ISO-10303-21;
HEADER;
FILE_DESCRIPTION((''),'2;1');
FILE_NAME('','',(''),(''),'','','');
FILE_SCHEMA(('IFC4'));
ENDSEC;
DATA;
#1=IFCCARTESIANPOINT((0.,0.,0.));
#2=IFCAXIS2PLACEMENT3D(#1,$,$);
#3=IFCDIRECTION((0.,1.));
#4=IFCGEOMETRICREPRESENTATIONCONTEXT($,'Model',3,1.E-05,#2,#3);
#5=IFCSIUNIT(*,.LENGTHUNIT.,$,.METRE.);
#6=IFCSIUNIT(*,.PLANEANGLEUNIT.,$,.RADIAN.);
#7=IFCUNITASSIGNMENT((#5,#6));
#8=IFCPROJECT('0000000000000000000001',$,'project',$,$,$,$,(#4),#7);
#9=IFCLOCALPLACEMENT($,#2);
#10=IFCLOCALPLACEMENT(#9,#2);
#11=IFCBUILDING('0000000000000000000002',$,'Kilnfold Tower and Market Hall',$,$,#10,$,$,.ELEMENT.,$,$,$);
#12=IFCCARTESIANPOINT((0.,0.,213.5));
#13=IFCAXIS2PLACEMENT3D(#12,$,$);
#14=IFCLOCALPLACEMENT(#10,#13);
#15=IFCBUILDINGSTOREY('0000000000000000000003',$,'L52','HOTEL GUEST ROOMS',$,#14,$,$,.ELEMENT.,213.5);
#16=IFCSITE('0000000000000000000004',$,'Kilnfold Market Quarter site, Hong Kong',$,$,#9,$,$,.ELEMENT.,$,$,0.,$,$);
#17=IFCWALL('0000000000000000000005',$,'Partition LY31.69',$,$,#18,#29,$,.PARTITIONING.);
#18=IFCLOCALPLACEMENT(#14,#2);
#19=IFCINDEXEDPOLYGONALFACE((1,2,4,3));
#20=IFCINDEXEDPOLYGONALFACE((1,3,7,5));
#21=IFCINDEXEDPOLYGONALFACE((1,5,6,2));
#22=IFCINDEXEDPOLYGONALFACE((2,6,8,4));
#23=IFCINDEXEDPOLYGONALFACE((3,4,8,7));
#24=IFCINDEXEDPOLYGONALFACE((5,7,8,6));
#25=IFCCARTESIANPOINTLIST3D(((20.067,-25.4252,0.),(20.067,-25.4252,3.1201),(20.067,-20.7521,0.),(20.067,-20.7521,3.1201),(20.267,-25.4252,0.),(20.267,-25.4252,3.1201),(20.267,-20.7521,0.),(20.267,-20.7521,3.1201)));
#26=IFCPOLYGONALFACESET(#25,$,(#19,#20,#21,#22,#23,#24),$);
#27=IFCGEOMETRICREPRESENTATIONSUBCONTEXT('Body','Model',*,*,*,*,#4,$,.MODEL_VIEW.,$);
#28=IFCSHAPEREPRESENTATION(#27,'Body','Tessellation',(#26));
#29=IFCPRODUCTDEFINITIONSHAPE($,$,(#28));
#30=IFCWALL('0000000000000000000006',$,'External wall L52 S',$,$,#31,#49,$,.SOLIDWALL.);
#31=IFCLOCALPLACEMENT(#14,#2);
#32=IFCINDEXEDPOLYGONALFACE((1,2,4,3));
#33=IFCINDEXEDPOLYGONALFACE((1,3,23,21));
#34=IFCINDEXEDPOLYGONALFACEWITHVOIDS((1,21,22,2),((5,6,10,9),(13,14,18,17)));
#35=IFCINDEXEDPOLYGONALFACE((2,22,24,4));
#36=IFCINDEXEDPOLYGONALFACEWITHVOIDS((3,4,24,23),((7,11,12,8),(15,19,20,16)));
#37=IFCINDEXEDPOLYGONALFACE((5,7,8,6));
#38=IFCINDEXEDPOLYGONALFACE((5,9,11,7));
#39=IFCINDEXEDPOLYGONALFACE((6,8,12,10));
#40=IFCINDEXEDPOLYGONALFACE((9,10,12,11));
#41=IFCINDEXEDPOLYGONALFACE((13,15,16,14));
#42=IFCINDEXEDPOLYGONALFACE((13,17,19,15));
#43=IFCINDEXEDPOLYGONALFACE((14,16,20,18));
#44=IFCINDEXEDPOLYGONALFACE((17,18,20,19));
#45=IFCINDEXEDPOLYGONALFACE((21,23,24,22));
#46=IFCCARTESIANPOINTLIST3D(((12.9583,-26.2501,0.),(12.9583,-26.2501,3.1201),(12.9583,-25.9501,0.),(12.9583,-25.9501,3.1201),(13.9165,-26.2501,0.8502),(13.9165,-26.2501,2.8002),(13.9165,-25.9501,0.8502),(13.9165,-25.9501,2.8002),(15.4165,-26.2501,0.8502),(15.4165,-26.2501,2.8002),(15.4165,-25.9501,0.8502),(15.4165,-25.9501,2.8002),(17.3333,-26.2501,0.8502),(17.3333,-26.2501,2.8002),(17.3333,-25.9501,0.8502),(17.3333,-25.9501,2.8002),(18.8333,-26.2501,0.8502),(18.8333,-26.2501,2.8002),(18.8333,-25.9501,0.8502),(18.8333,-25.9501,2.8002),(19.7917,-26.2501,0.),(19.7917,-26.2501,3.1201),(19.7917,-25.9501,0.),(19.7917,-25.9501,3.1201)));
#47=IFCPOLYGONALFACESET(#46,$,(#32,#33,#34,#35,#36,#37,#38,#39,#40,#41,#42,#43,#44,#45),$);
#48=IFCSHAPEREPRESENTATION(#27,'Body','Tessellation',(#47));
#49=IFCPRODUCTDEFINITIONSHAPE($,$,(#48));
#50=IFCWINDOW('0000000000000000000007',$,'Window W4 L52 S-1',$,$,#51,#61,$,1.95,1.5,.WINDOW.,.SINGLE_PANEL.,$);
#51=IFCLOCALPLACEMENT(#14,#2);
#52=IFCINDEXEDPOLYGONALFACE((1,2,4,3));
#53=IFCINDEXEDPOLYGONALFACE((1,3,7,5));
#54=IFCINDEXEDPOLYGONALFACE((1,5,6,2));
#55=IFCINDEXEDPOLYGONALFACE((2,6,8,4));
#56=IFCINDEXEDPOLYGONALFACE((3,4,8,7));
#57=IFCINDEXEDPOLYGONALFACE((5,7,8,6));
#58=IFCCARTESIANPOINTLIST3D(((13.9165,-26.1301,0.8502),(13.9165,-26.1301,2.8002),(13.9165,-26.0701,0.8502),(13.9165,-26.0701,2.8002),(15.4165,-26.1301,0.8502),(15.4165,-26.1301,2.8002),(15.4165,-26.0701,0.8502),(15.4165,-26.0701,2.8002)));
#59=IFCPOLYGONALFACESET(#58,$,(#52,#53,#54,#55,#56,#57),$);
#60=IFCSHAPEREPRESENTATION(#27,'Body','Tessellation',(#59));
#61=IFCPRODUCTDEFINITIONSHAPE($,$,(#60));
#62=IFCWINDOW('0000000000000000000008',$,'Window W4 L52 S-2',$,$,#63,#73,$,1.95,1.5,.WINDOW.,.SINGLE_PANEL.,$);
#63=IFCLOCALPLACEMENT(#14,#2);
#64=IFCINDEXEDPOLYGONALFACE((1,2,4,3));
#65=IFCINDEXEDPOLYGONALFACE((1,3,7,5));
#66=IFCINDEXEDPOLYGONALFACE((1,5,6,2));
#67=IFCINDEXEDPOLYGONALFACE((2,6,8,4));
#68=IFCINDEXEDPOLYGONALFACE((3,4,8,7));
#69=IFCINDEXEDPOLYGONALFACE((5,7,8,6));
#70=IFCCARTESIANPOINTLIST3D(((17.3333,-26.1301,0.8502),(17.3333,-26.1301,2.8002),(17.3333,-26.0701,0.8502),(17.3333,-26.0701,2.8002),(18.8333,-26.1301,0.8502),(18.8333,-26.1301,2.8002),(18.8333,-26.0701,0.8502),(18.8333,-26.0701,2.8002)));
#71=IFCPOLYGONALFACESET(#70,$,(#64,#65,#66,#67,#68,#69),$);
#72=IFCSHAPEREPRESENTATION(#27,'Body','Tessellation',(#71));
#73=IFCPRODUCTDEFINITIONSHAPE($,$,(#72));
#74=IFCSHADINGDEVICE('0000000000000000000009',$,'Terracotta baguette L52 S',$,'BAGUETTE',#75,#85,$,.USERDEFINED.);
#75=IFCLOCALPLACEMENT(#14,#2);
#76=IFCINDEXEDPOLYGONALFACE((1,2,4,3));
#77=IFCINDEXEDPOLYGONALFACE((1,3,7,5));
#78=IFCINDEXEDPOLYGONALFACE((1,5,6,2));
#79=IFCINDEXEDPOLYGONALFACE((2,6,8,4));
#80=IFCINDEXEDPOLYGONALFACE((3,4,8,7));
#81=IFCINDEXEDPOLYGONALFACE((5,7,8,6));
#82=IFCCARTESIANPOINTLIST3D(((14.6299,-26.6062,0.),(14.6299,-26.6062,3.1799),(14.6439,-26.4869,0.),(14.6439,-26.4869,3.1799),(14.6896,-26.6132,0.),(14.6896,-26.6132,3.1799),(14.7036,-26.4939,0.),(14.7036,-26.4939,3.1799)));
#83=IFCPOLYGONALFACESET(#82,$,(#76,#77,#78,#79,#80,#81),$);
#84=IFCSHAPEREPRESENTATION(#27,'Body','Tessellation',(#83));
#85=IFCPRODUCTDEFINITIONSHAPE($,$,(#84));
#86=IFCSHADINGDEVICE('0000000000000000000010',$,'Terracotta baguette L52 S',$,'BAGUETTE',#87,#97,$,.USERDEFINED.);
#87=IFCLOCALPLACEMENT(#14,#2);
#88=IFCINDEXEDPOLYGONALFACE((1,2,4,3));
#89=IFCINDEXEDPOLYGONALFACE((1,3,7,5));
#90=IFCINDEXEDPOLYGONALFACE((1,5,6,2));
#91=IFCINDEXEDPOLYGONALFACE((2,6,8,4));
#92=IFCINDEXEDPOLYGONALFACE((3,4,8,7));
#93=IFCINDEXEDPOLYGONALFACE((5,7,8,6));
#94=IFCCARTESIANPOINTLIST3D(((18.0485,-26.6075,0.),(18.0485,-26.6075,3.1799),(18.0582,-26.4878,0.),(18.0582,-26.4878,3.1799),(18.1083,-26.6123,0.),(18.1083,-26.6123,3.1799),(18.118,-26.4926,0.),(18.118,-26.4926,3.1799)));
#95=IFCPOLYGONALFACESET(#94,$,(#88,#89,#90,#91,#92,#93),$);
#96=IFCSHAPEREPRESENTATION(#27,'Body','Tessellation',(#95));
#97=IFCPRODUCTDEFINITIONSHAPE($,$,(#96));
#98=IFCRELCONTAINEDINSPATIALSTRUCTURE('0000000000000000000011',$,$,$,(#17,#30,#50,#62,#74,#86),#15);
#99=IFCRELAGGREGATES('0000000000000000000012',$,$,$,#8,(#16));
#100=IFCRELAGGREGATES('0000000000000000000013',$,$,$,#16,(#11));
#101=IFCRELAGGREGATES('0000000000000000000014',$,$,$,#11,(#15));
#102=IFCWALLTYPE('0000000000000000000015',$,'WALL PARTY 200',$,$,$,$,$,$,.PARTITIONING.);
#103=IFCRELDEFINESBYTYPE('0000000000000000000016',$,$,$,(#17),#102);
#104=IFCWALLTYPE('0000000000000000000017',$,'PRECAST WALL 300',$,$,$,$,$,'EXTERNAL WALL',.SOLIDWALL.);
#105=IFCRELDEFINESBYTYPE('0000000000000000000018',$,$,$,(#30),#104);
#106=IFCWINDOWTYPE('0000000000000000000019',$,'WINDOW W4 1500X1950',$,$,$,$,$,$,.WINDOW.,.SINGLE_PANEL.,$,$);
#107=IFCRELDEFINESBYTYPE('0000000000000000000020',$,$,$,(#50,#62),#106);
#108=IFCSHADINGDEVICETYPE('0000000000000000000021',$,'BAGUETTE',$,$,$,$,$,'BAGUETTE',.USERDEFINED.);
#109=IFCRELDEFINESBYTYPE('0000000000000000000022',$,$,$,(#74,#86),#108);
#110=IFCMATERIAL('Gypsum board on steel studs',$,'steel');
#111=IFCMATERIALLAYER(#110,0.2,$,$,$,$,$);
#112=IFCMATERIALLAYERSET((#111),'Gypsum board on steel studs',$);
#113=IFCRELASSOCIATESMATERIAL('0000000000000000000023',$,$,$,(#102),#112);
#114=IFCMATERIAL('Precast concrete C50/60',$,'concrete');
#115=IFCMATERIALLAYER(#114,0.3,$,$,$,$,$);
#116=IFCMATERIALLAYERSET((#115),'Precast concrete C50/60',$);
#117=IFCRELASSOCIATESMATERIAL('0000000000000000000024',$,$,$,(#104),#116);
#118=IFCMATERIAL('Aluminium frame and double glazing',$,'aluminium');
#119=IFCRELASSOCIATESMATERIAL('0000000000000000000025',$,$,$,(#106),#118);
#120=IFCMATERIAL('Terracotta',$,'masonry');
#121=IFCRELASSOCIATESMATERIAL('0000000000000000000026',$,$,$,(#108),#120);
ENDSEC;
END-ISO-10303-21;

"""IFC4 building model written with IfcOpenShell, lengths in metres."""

from ifc_helpers import new_model, si_unit, direction, frame, frame_2d, origin, origin_2d, place, context, subcontext, project, spatial, rectangle, extrude, source, transform, mapped, material, layer, layer_set, material_profile, profile_set, type_object, element, fill, save


model = new_model("IFC4")

# Units and contexts
model_context = context("Model", 3, precision=1e-05, world=origin(), true_north=direction((0.0, 1.0)))
body_context = subcontext(model_context, "Body", "Model", "MODEL_VIEW")
ifc_project = project(units=[si_unit("LENGTHUNIT", "METRE"), si_unit("PLANEANGLEUNIT", "RADIAN")], contexts=[model_context])

# Site, building, storey
site_placement = place(None, origin())
site = spatial("IfcSite", under=ifc_project, at=site_placement, Name="Kilnfold Market Quarter site, Hong Kong", CompositionType="ELEMENT", RefElevation=0.0)
building_placement = place(site_placement, origin())
building = spatial("IfcBuilding", under=site, at=building_placement, Name="Kilnfold Tower and Market Hall", CompositionType="ELEMENT")
storey_placement = place(building_placement, frame((0.0, 0.0, 213.5)))
storey = spatial("IfcBuildingStorey", under=building, at=storey_placement, Name="L52", Description="HOTEL GUEST ROOMS", CompositionType="ELEMENT", Elevation=213.5)

# Wall
ifc_material_1 = material(Name="Gypsum board on steel studs", Category="steel")
ifc_layer_1 = layer(ifc_material_1, 0.2)
ifc_layer_set_1 = layer_set([ifc_layer_1], Name="Gypsum board on steel studs")
wall_type_1 = type_object("IfcWallType", Name="WALL PARTY 200", PredefinedType="PARTITIONING", material=ifc_layer_set_1)
wall_1_placement = place(storey_placement, frame((20.167, -25.425, 0.0), z_axis=(0.0, 0.0, 1.0), x_axis=(0.0, 1.0, 0.0)))
element("IfcWall", 1, at=wall_1_placement, inside=storey, type_object=wall_type_1, Name="Partition LY31.69", PredefinedType="PARTITIONING", context=body_context, shape_type="SweptSolid", body=[
    extrude(rectangle(XDim=4.6731, YDim=0.2, at=frame_2d((2.3364, 0.0))), origin(), (0.0, 0.0, 1.0), 3.1201),
])

# Wall, openings, windows
ifc_material_2 = material(Name="Precast concrete C50/60", Category="concrete")
ifc_layer_2 = layer(ifc_material_2, 0.3)
ifc_layer_set_2 = layer_set([ifc_layer_2], Name="Precast concrete C50/60")
wall_type_2 = type_object("IfcWallType", Name="PRECAST WALL 300", ElementType="EXTERNAL WALL", PredefinedType="SOLIDWALL", material=ifc_layer_set_2)
shared_shape_1 = source(origin(), body_context, "Body", "SweptSolid", [
    extrude(rectangle(XDim=6.8335, YDim=0.3, at=frame_2d((3.4167, 0.0))), origin(), (0.0, 0.0, 1.0), 3.1201),
])
wall_2_placement = place(storey_placement, frame((12.9583, -26.1001, 0.0), z_axis=(0.0, 0.0, 1.0), x_axis=(1.0, 0.0, 0.0)))
wall_2 = element("IfcWall", 2, at=wall_2_placement, inside=storey, type_object=wall_type_2, Name="External wall L52 S", PredefinedType="SOLIDWALL", context=body_context, shape_type="MappedRepresentation", body=[
    mapped(shared_shape_1, transform((0.0, 0.0, 0.0))),
])
opening_1_placement = place(wall_2_placement, frame((0.9583, 0.0, 0.8501)))
opening_1 = element("IfcOpeningElement", 3, at=opening_1_placement, cuts=wall_2, PredefinedType="OPENING", context=body_context, shape_type="SweptSolid", body=[
    extrude(rectangle(XDim=1.5, YDim=1.95, at=frame_2d((0.75, 0.9751))), frame((0.0, 0.1602, 0.0), z_axis=(0.0, -1.0, 0.0), x_axis=(1.0, 0.0, 0.0)), (0.0, 0.0, 1.0), 0.3201),
])
opening_2_placement = place(wall_2_placement, frame((4.375, 0.0, 0.8501)))
opening_2 = element("IfcOpeningElement", 4, at=opening_2_placement, cuts=wall_2, PredefinedType="OPENING", context=body_context, shape_type="SweptSolid", body=[
    extrude(rectangle(XDim=1.5, YDim=1.95, at=frame_2d((0.75, 0.9751))), frame((0.0, 0.1602, 0.0), z_axis=(0.0, -1.0, 0.0), x_axis=(1.0, 0.0, 0.0)), (0.0, 0.0, 1.0), 0.3201),
])
ifc_material_3 = material(Name="Aluminium frame and double glazing", Category="aluminium")
window_type = type_object("IfcWindowType", Name="WINDOW W4 1500X1950", PartitioningType="SINGLE_PANEL", PredefinedType="WINDOW", material=ifc_material_3)
window_1_placement = place(opening_1_placement, origin())
window_1 = element("IfcWindow", 5, at=window_1_placement, inside=storey, type_object=window_type, Name="Window W4 L52 S-1", OverallHeight=1.95, OverallWidth=1.5, PartitioningType="SINGLE_PANEL", PredefinedType="WINDOW", context=body_context, shape_type="SweptSolid", body=[
    extrude(rectangle(XDim=1.5, YDim=1.95, at=frame_2d((0.75, 0.9751))), frame((0.0, 0.03, 0.0), z_axis=(0.0, -1.0, 0.0), x_axis=(1.0, 0.0, 0.0)), (0.0, 0.0, 1.0), 0.0601),
])
fill(opening_1, window_1)
window_2_placement = place(opening_2_placement, origin())
window_2 = element("IfcWindow", 6, at=window_2_placement, inside=storey, type_object=window_type, Name="Window W4 L52 S-2", OverallHeight=1.95, OverallWidth=1.5, PartitioningType="SINGLE_PANEL", PredefinedType="WINDOW", context=body_context, shape_type="SweptSolid", body=[
    extrude(rectangle(XDim=1.5, YDim=1.95, at=frame_2d((0.75, 0.9751))), frame((0.0, 0.03, 0.0), z_axis=(0.0, -1.0, 0.0), x_axis=(1.0, 0.0, 0.0)), (0.0, 0.0, 1.0), 0.0601),
])
fill(opening_2, window_2)

# Shading devices
ifc_material_4 = material(Name="Terracotta", Category="masonry")
ifc_material_profile_1 = material_profile(ifc_material_4, rectangle(XDim=0.0601, YDim=0.1201, at=origin_2d()), Name="BAG 60x120")
ifc_profile_set_1 = profile_set([ifc_material_profile_1], Name="Terracotta")
shading_device_type = type_object("IfcShadingDeviceType", Name="BAGUETTE", ElementType="BAGUETTE", PredefinedType="USERDEFINED", material=ifc_profile_set_1)
shared_shape_2 = source(origin(), body_context, "Body", "SweptSolid", [
    extrude(rectangle(XDim=0.0601, YDim=0.1201, at=origin_2d()), origin(), (0.0, 0.0, 1.0), 3.1799),
])
for number, where, z_axis, x_axis, name in (
    (7, (14.6667, -26.55, 0.0), (0.0, 0.0, 1.0), (0.9932, -0.116425, 0.0), "Terracotta baguette L52 S"),
    (8, (18.0833, -26.55, 0.0), (0.0, 0.0, 1.0), (0.996723, -0.080897, 0.0), "Terracotta baguette L52 S"),
):
    element("IfcShadingDevice", number, at=place(storey_placement, frame(where, z_axis=z_axis, x_axis=x_axis)), inside=storey, type_object=shading_device_type, Name=name, ObjectType="BAGUETTE", PredefinedType="USERDEFINED", context=body_context, shape_type="MappedRepresentation", body=[
        mapped(shared_shape_2, transform((0.0, 0.0, 0.0))),
    ])

save(model, "model.ifc")
